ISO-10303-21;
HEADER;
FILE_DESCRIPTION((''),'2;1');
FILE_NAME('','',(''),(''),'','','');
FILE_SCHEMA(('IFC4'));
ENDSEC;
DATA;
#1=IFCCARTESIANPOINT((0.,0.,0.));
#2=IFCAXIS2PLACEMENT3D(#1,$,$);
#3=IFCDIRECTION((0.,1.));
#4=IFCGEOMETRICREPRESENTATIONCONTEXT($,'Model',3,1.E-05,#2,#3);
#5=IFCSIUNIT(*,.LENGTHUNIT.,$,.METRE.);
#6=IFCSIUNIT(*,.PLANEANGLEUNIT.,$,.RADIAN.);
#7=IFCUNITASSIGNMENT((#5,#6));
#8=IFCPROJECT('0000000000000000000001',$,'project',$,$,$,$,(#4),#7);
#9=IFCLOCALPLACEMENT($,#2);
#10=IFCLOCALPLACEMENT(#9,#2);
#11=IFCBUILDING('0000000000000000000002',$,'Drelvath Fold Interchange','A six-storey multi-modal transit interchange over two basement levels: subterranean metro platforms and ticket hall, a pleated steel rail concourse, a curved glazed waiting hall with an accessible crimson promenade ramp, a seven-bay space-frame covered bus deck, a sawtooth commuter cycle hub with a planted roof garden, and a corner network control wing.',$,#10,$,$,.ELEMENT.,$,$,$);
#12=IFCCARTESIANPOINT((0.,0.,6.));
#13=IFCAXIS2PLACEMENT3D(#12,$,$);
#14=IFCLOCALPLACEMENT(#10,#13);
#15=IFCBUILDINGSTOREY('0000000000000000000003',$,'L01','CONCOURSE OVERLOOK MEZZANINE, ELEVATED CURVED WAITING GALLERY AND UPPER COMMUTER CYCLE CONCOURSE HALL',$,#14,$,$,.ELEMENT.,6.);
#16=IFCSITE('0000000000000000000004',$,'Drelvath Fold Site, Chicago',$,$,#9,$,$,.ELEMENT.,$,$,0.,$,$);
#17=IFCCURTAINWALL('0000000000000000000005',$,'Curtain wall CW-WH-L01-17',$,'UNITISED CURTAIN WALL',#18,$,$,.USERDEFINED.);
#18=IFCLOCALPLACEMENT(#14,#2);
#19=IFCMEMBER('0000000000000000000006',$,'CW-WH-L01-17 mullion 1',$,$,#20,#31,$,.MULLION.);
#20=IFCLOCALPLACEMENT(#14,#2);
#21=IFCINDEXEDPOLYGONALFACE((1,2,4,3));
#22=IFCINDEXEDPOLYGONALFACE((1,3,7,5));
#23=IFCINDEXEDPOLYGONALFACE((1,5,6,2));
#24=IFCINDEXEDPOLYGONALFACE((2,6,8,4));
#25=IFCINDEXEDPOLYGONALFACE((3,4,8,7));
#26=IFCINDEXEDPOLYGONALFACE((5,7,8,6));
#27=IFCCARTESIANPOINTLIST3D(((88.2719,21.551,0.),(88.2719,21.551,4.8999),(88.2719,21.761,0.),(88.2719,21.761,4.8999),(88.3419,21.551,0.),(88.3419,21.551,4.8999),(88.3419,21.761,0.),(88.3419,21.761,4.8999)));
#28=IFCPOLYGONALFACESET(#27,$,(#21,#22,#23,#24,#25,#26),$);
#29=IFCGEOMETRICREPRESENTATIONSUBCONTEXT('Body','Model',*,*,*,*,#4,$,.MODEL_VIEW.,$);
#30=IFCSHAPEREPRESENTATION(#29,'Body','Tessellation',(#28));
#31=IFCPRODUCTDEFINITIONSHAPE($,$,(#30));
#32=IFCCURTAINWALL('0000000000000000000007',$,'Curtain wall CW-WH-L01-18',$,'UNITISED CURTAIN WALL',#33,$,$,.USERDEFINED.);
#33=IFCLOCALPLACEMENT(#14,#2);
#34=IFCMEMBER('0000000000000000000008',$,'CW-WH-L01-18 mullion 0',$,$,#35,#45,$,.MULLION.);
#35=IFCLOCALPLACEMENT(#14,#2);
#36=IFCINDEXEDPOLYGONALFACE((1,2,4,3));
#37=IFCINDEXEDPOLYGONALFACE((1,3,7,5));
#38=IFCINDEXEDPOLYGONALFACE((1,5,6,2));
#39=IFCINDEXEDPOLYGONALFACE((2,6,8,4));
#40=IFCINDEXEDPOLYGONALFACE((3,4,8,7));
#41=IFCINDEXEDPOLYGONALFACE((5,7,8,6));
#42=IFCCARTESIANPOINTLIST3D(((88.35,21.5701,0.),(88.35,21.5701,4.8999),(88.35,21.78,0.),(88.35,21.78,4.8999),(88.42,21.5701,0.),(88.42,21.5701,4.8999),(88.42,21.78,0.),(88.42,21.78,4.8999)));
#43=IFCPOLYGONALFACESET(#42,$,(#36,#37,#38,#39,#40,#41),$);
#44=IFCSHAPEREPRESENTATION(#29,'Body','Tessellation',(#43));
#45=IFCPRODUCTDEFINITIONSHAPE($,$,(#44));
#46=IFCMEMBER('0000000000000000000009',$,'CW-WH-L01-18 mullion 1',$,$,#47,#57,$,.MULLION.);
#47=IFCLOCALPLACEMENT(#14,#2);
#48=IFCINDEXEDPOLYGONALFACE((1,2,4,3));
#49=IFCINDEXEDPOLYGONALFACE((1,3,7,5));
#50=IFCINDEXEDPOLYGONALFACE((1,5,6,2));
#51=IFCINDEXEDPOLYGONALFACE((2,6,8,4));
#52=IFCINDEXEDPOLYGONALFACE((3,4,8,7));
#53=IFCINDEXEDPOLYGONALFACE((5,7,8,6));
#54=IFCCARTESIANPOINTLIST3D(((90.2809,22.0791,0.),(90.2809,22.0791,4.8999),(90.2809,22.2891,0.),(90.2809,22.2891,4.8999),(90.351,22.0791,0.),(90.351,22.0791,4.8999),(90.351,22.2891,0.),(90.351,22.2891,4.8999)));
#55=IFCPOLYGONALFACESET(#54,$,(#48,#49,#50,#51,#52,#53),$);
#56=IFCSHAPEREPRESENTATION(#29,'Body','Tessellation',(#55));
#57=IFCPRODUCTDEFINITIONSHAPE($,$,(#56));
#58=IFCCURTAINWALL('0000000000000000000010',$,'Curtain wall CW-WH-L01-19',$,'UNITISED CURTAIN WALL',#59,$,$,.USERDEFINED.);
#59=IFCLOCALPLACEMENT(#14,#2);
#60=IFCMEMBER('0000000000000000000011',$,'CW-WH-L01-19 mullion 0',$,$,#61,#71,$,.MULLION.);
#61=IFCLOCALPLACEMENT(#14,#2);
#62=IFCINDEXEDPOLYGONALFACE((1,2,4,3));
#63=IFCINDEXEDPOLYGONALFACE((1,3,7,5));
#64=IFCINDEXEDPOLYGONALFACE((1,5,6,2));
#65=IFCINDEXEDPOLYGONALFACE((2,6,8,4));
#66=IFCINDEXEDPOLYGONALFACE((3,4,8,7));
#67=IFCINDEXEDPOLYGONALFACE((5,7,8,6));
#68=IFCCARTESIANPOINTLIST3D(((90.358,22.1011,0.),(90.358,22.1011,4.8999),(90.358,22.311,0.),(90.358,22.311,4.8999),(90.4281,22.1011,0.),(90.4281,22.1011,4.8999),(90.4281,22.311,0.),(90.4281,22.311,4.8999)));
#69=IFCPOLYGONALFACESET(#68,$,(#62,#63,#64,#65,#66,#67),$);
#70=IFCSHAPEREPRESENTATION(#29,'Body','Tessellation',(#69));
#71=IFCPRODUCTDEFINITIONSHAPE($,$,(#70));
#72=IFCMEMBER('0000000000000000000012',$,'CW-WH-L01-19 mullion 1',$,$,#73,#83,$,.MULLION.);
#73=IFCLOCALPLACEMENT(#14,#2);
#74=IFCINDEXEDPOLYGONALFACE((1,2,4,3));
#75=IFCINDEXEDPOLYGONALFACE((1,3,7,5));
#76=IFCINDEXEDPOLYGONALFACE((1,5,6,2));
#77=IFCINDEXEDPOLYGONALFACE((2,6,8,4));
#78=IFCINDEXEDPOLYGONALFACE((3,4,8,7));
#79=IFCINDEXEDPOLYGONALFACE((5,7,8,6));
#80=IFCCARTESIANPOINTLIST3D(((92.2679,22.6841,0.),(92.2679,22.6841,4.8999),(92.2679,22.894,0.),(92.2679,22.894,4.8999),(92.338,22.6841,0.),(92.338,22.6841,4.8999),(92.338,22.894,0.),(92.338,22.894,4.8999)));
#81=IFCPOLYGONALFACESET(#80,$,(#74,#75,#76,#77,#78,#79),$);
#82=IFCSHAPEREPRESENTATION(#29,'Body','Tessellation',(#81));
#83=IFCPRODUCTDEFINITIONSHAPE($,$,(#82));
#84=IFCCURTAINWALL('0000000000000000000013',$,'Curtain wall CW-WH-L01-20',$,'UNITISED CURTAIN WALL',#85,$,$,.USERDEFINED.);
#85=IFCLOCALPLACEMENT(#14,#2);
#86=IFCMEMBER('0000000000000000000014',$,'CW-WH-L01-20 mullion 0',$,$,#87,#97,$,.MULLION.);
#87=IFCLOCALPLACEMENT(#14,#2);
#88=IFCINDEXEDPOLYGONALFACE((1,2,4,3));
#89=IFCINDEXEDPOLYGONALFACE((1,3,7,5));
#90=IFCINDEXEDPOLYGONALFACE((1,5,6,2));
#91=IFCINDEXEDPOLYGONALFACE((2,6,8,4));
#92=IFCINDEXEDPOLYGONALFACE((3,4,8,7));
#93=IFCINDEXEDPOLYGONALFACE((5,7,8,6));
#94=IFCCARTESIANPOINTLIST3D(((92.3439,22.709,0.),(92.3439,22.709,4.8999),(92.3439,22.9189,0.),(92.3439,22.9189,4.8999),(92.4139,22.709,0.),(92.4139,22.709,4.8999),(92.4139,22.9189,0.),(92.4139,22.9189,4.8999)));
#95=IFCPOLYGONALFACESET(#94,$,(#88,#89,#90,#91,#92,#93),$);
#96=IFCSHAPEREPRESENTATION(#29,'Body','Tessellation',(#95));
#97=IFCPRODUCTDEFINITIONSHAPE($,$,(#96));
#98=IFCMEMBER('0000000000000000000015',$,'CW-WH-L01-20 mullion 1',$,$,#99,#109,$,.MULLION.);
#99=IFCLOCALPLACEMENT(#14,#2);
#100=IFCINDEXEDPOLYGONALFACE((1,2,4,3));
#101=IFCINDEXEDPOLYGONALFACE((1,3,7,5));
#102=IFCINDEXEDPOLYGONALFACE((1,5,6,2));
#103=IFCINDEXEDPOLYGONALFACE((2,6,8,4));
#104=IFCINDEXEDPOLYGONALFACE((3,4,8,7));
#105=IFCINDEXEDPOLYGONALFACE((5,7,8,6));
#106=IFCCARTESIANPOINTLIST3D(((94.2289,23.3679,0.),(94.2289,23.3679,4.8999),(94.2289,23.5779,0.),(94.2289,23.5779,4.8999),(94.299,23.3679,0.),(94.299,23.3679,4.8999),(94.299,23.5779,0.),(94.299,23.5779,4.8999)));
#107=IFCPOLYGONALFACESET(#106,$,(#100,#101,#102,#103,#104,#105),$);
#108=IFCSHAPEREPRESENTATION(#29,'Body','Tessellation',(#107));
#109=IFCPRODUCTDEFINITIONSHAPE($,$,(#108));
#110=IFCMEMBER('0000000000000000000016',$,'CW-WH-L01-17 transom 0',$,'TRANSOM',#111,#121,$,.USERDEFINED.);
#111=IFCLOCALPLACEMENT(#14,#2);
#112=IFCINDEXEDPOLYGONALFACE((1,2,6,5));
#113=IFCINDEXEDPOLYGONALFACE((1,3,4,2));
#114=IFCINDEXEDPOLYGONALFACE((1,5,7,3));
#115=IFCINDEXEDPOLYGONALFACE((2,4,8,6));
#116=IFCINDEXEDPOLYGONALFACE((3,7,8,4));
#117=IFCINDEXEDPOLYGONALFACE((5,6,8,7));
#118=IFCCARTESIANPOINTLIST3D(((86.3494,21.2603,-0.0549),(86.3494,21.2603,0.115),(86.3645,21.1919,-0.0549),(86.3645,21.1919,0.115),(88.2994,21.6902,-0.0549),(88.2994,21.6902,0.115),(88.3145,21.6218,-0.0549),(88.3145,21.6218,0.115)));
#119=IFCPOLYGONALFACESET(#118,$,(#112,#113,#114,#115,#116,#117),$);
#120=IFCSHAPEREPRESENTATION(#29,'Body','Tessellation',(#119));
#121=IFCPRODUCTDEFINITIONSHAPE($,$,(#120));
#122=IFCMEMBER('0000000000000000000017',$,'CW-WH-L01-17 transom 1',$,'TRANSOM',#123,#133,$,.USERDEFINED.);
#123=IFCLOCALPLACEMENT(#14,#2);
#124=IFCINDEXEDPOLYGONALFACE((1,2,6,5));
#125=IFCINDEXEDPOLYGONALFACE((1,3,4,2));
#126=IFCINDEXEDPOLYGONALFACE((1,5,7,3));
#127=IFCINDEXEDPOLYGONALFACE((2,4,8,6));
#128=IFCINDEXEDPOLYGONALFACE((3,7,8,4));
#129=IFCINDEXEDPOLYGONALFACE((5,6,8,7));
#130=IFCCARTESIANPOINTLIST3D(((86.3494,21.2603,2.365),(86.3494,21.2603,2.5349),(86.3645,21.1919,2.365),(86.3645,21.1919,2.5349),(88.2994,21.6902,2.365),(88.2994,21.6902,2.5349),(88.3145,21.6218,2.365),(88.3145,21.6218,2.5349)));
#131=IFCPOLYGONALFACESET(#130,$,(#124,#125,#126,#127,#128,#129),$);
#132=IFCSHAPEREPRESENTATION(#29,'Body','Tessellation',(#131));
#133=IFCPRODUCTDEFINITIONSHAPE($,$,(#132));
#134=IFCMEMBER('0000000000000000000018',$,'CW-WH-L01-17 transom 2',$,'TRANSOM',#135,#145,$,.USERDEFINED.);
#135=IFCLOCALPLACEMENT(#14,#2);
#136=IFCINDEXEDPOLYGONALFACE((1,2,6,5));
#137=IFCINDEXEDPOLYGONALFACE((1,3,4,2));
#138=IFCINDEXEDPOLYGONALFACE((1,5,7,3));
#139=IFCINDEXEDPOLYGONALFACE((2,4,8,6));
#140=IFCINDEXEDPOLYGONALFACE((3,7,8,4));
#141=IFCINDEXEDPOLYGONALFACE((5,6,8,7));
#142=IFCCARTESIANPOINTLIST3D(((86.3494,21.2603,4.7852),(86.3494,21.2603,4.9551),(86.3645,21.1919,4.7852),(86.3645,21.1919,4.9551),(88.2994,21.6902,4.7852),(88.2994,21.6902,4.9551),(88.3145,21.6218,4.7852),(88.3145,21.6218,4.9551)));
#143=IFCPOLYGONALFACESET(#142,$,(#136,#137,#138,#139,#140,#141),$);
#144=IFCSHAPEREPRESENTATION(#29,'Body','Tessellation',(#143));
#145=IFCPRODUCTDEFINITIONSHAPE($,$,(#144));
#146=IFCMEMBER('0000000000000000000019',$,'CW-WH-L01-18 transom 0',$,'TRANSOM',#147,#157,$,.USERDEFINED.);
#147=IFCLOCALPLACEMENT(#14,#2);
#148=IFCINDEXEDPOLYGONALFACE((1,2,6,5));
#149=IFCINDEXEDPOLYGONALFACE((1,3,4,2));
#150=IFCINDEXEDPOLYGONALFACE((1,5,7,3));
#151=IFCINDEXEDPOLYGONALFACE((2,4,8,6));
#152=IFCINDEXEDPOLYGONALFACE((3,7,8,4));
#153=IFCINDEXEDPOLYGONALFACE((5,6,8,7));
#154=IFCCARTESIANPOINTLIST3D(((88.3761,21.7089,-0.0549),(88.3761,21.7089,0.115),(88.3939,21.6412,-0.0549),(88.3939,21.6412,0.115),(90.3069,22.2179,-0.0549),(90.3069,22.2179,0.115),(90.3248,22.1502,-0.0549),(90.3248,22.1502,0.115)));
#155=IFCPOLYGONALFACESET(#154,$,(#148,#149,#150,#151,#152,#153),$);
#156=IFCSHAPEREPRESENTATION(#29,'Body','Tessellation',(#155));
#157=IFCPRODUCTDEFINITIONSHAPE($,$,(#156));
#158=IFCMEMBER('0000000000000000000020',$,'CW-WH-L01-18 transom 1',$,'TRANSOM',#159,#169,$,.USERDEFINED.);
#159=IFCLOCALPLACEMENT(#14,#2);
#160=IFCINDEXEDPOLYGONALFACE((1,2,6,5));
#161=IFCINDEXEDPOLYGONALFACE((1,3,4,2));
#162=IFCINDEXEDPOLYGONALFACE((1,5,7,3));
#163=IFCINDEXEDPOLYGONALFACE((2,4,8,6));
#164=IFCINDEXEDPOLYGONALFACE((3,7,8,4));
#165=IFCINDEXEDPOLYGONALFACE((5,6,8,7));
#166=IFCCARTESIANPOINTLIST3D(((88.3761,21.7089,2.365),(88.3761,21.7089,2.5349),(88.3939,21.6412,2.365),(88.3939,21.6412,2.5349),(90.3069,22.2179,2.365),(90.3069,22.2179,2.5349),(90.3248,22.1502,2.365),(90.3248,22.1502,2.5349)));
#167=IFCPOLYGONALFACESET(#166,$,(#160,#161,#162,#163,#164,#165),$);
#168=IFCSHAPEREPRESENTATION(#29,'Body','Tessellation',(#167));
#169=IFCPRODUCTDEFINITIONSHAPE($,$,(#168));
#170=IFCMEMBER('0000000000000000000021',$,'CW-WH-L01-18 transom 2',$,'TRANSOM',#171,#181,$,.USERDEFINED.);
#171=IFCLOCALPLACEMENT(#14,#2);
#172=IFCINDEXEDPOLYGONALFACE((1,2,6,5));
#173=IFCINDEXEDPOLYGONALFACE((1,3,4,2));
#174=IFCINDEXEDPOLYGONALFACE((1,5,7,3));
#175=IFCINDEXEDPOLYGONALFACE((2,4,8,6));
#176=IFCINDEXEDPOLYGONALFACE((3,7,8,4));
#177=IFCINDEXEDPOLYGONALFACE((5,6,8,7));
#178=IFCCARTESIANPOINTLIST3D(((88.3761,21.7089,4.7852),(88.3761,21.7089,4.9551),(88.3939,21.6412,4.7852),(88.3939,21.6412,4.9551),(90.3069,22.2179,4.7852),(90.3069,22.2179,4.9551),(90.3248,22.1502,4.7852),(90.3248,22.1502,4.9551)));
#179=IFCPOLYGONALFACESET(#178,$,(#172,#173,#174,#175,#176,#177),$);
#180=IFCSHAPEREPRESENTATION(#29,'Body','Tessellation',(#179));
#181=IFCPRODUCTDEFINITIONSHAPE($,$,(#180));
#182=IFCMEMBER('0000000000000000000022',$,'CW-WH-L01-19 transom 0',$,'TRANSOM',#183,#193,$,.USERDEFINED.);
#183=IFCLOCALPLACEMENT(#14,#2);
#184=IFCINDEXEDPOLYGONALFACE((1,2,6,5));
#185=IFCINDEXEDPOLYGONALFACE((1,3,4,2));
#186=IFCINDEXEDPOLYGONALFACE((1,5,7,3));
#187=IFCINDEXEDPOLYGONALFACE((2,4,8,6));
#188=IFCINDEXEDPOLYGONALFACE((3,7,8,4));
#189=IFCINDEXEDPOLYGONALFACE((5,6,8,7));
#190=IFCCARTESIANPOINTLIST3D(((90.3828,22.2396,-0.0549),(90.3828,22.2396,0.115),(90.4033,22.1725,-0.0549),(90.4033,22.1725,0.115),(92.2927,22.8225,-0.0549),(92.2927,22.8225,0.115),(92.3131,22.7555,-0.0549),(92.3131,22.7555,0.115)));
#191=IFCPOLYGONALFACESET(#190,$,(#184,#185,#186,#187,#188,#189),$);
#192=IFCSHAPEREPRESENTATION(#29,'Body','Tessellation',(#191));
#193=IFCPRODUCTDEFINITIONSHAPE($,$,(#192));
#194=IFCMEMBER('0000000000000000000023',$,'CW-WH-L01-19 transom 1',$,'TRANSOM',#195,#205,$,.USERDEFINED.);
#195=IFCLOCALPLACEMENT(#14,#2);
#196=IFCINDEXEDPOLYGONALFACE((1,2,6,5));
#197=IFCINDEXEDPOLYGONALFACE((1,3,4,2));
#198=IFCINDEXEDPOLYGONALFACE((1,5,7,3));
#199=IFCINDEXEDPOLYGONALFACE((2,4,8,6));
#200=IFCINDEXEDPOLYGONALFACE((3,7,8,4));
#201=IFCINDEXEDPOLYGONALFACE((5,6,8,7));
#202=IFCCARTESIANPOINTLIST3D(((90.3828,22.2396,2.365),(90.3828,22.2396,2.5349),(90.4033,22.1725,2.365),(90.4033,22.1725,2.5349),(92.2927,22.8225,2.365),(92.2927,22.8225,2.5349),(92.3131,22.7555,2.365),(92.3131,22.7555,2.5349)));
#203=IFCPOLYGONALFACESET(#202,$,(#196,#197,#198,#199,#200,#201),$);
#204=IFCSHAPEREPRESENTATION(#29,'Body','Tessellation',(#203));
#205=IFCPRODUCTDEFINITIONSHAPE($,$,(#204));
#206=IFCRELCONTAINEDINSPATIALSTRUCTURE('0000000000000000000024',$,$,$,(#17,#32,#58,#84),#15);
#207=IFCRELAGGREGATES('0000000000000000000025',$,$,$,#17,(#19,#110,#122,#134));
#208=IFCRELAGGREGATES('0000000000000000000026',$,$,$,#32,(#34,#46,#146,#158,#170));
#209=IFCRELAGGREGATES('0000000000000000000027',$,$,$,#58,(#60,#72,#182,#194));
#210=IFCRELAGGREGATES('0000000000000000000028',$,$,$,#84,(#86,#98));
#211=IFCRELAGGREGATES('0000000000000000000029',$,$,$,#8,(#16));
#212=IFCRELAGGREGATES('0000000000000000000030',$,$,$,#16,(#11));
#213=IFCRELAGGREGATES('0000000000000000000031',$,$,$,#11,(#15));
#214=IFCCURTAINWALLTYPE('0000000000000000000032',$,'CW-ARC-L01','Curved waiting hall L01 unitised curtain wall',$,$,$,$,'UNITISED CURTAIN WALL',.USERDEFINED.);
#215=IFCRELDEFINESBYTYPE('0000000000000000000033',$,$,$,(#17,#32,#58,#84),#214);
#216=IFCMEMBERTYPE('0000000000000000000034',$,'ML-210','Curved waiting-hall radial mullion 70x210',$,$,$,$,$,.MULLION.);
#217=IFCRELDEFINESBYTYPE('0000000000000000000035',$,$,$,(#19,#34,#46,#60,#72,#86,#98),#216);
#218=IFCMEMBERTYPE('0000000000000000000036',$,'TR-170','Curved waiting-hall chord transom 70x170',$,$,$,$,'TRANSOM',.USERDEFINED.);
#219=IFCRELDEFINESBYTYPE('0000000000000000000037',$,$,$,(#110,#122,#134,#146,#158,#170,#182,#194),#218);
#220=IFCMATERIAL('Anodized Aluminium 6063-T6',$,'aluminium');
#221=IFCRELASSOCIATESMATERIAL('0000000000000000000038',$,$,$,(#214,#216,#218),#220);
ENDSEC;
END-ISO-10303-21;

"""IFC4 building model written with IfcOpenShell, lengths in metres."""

from ifc_helpers import new_model, si_unit, direction, frame, origin, origin_2d, place, context, subcontext, project, spatial, rectangle, extrude, material, material_profile, profile_set, type_object, element, aggregate, save


model = new_model("IFC4")

# Units and contexts
model_context = context("Model", 3, precision=1e-05, world=origin(), true_north=direction((0.0, 1.0)))
body_context = subcontext(model_context, "Body", "Model", "MODEL_VIEW")
ifc_project = project(units=[si_unit("LENGTHUNIT", "METRE"), si_unit("PLANEANGLEUNIT", "RADIAN")], contexts=[model_context])

# Site, building, storey
site_placement = place(None, origin())
site = spatial("IfcSite", under=ifc_project, at=site_placement, Name="Drelvath Fold Site, Chicago", CompositionType="ELEMENT", RefElevation=0.0)
building_placement = place(site_placement, origin())
building = spatial("IfcBuilding", under=site, at=building_placement, Name="Drelvath Fold Interchange", Description="A six-storey multi-modal transit interchange over two basement levels: subterranean metro platforms and ticket hall, a pleated steel rail concourse, a curved glazed waiting hall with an accessible crimson promenade ramp, a seven-bay space-frame covered bus deck, a sawtooth commuter cycle hub with a planted roof garden, and a corner network control wing.", CompositionType="ELEMENT")
storey_placement = place(building_placement, frame((0.0, 0.0, 6.0)))
storey = spatial("IfcBuildingStorey", under=building, at=storey_placement, Name="L01", Description="CONCOURSE OVERLOOK MEZZANINE, ELEVATED CURVED WAITING GALLERY AND UPPER COMMUTER CYCLE CONCOURSE HALL", CompositionType="ELEMENT", Elevation=6.0)

# Curtain wall, member
ifc_material_1 = material(Name="Anodized Aluminium 6063-T6", Category="aluminium")
curtain_wall_type = type_object("IfcCurtainWallType", Name="CW-ARC-L01", Description="Curved waiting hall L01 unitised curtain wall", ElementType="UNITISED CURTAIN WALL", PredefinedType="USERDEFINED", material=ifc_material_1)
curtain_wall_1_placement = place(storey_placement, origin())
curtain_wall_1 = element("IfcCurtainWall", 1, at=curtain_wall_1_placement, inside=storey, type_object=curtain_wall_type, Name="Curtain wall CW-WH-L01-17", ObjectType="UNITISED CURTAIN WALL", PredefinedType="USERDEFINED")
ifc_material_profile_1 = material_profile(ifc_material_1, rectangle(XDim=0.0701, YDim=0.21, at=origin_2d()), Name="AL-M 70x210")
ifc_profile_set_1 = profile_set([ifc_material_profile_1], Name="Anodized Aluminium 6063-T6")
member_type_1 = type_object("IfcMemberType", Name="ML-210", Description="Curved waiting-hall radial mullion 70x210", PredefinedType="MULLION", material=ifc_profile_set_1)
member_1_placement = place(storey_placement, frame((88.3069, 21.656, 0.0), z_axis=(0.0, 0.0, 1.0), x_axis=(1.0, 0.0, 0.0)))
member_1 = element("IfcMember", 2, at=member_1_placement, type_object=member_type_1, Name="CW-WH-L01-17 mullion 1", PredefinedType="MULLION", context=body_context, shape_type="SweptSolid", body=[
    extrude(rectangle(XDim=0.0701, YDim=0.21, at=origin_2d()), origin(), (0.0, 0.0, 1.0), 4.8999),
])

# Curtain walls, members
curtain_wall_2_placement = place(storey_placement, origin())
curtain_wall_2 = element("IfcCurtainWall", 3, at=curtain_wall_2_placement, inside=storey, type_object=curtain_wall_type, Name="Curtain wall CW-WH-L01-18", ObjectType="UNITISED CURTAIN WALL", PredefinedType="USERDEFINED")
member_2_placement = place(storey_placement, frame((88.385, 21.675, 0.0), z_axis=(0.0, 0.0, 1.0), x_axis=(1.0, 0.0, 0.0)))
member_2 = element("IfcMember", 4, at=member_2_placement, type_object=member_type_1, Name="CW-WH-L01-18 mullion 0", PredefinedType="MULLION", context=body_context, shape_type="SweptSolid", body=[
    extrude(rectangle(XDim=0.0701, YDim=0.21, at=origin_2d()), origin(), (0.0, 0.0, 1.0), 4.8999),
])
member_3_placement = place(storey_placement, frame((90.3159, 22.1841, 0.0), z_axis=(0.0, 0.0, 1.0), x_axis=(1.0, 0.0, 0.0)))
member_3 = element("IfcMember", 5, at=member_3_placement, type_object=member_type_1, Name="CW-WH-L01-18 mullion 1", PredefinedType="MULLION", context=body_context, shape_type="SweptSolid", body=[
    extrude(rectangle(XDim=0.0701, YDim=0.21, at=origin_2d()), origin(), (0.0, 0.0, 1.0), 4.8999),
])
curtain_wall_3_placement = place(storey_placement, origin())
curtain_wall_3 = element("IfcCurtainWall", 6, at=curtain_wall_3_placement, inside=storey, type_object=curtain_wall_type, Name="Curtain wall CW-WH-L01-19", ObjectType="UNITISED CURTAIN WALL", PredefinedType="USERDEFINED")
member_4_placement = place(storey_placement, frame((90.3931, 22.2061, 0.0), z_axis=(0.0, 0.0, 1.0), x_axis=(1.0, 0.0, 0.0)))
member_4 = element("IfcMember", 7, at=member_4_placement, type_object=member_type_1, Name="CW-WH-L01-19 mullion 0", PredefinedType="MULLION", context=body_context, shape_type="SweptSolid", body=[
    extrude(rectangle(XDim=0.0701, YDim=0.21, at=origin_2d()), origin(), (0.0, 0.0, 1.0), 4.8999),
])
member_5_placement = place(storey_placement, frame((92.303, 22.7891, 0.0), z_axis=(0.0, 0.0, 1.0), x_axis=(1.0, 0.0, 0.0)))
member_5 = element("IfcMember", 8, at=member_5_placement, type_object=member_type_1, Name="CW-WH-L01-19 mullion 1", PredefinedType="MULLION", context=body_context, shape_type="SweptSolid", body=[
    extrude(rectangle(XDim=0.0701, YDim=0.21, at=origin_2d()), origin(), (0.0, 0.0, 1.0), 4.8999),
])
curtain_wall_4_placement = place(storey_placement, origin())
curtain_wall_4 = element("IfcCurtainWall", 9, at=curtain_wall_4_placement, inside=storey, type_object=curtain_wall_type, Name="Curtain wall CW-WH-L01-20", ObjectType="UNITISED CURTAIN WALL", PredefinedType="USERDEFINED")
member_6_placement = place(storey_placement, frame((92.3789, 22.814, 0.0), z_axis=(0.0, 0.0, 1.0), x_axis=(1.0, 0.0, 0.0)))
member_6 = element("IfcMember", 10, at=member_6_placement, type_object=member_type_1, Name="CW-WH-L01-20 mullion 0", PredefinedType="MULLION", context=body_context, shape_type="SweptSolid", body=[
    extrude(rectangle(XDim=0.0701, YDim=0.21, at=origin_2d()), origin(), (0.0, 0.0, 1.0), 4.8999),
])
member_7_placement = place(storey_placement, frame((94.2639, 23.4729, 0.0), z_axis=(0.0, 0.0, 1.0), x_axis=(1.0, 0.0, 0.0)))
member_7 = element("IfcMember", 11, at=member_7_placement, type_object=member_type_1, Name="CW-WH-L01-20 mullion 1", PredefinedType="MULLION", context=body_context, shape_type="SweptSolid", body=[
    extrude(rectangle(XDim=0.0701, YDim=0.21, at=origin_2d()), origin(), (0.0, 0.0, 1.0), 4.8999),
])

# Members
ifc_material_profile_2 = material_profile(ifc_material_1, rectangle(XDim=0.0701, YDim=0.1699, at=origin_2d()), Name="AL-T 70x170")
ifc_profile_set_2 = profile_set([ifc_material_profile_2], Name="Anodized Aluminium 6063-T6")
member_type_2 = type_object("IfcMemberType", Name="TR-170", Description="Curved waiting-hall chord transom 70x170", ElementType="TRANSOM", PredefinedType="USERDEFINED", material=ifc_profile_set_2)
member_8_placement = place(storey_placement, frame((86.3569, 21.2261, 0.03), z_axis=(0.976545, 0.215312, 0.0), x_axis=(-0.215312, 0.976545, 0.0)))
member_8 = element("IfcMember", 12, at=member_8_placement, type_object=member_type_2, Name="CW-WH-L01-17 transom 0", ObjectType="TRANSOM", PredefinedType="USERDEFINED", context=body_context, shape_type="SweptSolid", body=[
    extrude(rectangle(XDim=0.0701, YDim=0.1699, at=origin_2d()), origin(), (0.0, 0.0, 1.0), 1.9968),
])
member_9_placement = place(storey_placement, frame((86.3569, 21.2261, 2.45), z_axis=(0.976545, 0.215312, 0.0), x_axis=(-0.215312, 0.976545, 0.0)))
member_9 = element("IfcMember", 13, at=member_9_placement, type_object=member_type_2, Name="CW-WH-L01-17 transom 1", ObjectType="TRANSOM", PredefinedType="USERDEFINED", context=body_context, shape_type="SweptSolid", body=[
    extrude(rectangle(XDim=0.0701, YDim=0.1699, at=origin_2d()), origin(), (0.0, 0.0, 1.0), 1.9968),
])
member_10_placement = place(storey_placement, frame((86.3569, 21.2261, 4.8701), z_axis=(0.976545, 0.215312, 0.0), x_axis=(-0.215312, 0.976545, 0.0)))
member_10 = element("IfcMember", 14, at=member_10_placement, type_object=member_type_2, Name="CW-WH-L01-17 transom 2", ObjectType="TRANSOM", PredefinedType="USERDEFINED", context=body_context, shape_type="SweptSolid", body=[
    extrude(rectangle(XDim=0.0701, YDim=0.1699, at=origin_2d()), origin(), (0.0, 0.0, 1.0), 1.9968),
])
member_11_placement = place(storey_placement, frame((88.385, 21.675, 0.03), z_axis=(0.966964, 0.254915, 0.0), x_axis=(-0.254915, 0.966964, 0.0)))
member_11 = element("IfcMember", 15, at=member_11_placement, type_object=member_type_2, Name="CW-WH-L01-18 transom 0", ObjectType="TRANSOM", PredefinedType="USERDEFINED", context=body_context, shape_type="SweptSolid", body=[
    extrude(rectangle(XDim=0.0701, YDim=0.1699, at=origin_2d()), origin(), (0.0, 0.0, 1.0), 1.9968),
])
member_12_placement = place(storey_placement, frame((88.385, 21.675, 2.45), z_axis=(0.966964, 0.254915, 0.0), x_axis=(-0.254915, 0.966964, 0.0)))
member_12 = element("IfcMember", 16, at=member_12_placement, type_object=member_type_2, Name="CW-WH-L01-18 transom 1", ObjectType="TRANSOM", PredefinedType="USERDEFINED", context=body_context, shape_type="SweptSolid", body=[
    extrude(rectangle(XDim=0.0701, YDim=0.1699, at=origin_2d()), origin(), (0.0, 0.0, 1.0), 1.9968),
])
member_13_placement = place(storey_placement, frame((88.385, 21.675, 4.8701), z_axis=(0.966964, 0.254915, 0.0), x_axis=(-0.254915, 0.966964, 0.0)))
member_13 = element("IfcMember", 17, at=member_13_placement, type_object=member_type_2, Name="CW-WH-L01-18 transom 2", ObjectType="TRANSOM", PredefinedType="USERDEFINED", context=body_context, shape_type="SweptSolid", body=[
    extrude(rectangle(XDim=0.0701, YDim=0.1699, at=origin_2d()), origin(), (0.0, 0.0, 1.0), 1.9968),
])
member_14_placement = place(storey_placement, frame((90.3931, 22.2061, 0.03), z_axis=(0.956432, 0.291955, 0.0), x_axis=(-0.291955, 0.956432, 0.0)))
member_14 = element("IfcMember", 18, at=member_14_placement, type_object=member_type_2, Name="CW-WH-L01-19 transom 0", ObjectType="TRANSOM", PredefinedType="USERDEFINED", context=body_context, shape_type="SweptSolid", body=[
    extrude(rectangle(XDim=0.0701, YDim=0.1699, at=origin_2d()), origin(), (0.0, 0.0, 1.0), 1.9968),
])
member_15_placement = place(storey_placement, frame((90.3931, 22.2061, 2.45), z_axis=(0.956432, 0.291955, 0.0), x_axis=(-0.291955, 0.956432, 0.0)))
member_15 = element("IfcMember", 19, at=member_15_placement, type_object=member_type_2, Name="CW-WH-L01-19 transom 1", ObjectType="TRANSOM", PredefinedType="USERDEFINED", context=body_context, shape_type="SweptSolid", body=[
    extrude(rectangle(XDim=0.0701, YDim=0.1699, at=origin_2d()), origin(), (0.0, 0.0, 1.0), 1.9968),
])

aggregate(curtain_wall_1, [member_1, member_8, member_9, member_10])
aggregate(curtain_wall_2, [member_2, member_3, member_11, member_12, member_13])
aggregate(curtain_wall_3, [member_4, member_5, member_14, member_15])
aggregate(curtain_wall_4, [member_6, member_7])

save(model, "model.ifc")
